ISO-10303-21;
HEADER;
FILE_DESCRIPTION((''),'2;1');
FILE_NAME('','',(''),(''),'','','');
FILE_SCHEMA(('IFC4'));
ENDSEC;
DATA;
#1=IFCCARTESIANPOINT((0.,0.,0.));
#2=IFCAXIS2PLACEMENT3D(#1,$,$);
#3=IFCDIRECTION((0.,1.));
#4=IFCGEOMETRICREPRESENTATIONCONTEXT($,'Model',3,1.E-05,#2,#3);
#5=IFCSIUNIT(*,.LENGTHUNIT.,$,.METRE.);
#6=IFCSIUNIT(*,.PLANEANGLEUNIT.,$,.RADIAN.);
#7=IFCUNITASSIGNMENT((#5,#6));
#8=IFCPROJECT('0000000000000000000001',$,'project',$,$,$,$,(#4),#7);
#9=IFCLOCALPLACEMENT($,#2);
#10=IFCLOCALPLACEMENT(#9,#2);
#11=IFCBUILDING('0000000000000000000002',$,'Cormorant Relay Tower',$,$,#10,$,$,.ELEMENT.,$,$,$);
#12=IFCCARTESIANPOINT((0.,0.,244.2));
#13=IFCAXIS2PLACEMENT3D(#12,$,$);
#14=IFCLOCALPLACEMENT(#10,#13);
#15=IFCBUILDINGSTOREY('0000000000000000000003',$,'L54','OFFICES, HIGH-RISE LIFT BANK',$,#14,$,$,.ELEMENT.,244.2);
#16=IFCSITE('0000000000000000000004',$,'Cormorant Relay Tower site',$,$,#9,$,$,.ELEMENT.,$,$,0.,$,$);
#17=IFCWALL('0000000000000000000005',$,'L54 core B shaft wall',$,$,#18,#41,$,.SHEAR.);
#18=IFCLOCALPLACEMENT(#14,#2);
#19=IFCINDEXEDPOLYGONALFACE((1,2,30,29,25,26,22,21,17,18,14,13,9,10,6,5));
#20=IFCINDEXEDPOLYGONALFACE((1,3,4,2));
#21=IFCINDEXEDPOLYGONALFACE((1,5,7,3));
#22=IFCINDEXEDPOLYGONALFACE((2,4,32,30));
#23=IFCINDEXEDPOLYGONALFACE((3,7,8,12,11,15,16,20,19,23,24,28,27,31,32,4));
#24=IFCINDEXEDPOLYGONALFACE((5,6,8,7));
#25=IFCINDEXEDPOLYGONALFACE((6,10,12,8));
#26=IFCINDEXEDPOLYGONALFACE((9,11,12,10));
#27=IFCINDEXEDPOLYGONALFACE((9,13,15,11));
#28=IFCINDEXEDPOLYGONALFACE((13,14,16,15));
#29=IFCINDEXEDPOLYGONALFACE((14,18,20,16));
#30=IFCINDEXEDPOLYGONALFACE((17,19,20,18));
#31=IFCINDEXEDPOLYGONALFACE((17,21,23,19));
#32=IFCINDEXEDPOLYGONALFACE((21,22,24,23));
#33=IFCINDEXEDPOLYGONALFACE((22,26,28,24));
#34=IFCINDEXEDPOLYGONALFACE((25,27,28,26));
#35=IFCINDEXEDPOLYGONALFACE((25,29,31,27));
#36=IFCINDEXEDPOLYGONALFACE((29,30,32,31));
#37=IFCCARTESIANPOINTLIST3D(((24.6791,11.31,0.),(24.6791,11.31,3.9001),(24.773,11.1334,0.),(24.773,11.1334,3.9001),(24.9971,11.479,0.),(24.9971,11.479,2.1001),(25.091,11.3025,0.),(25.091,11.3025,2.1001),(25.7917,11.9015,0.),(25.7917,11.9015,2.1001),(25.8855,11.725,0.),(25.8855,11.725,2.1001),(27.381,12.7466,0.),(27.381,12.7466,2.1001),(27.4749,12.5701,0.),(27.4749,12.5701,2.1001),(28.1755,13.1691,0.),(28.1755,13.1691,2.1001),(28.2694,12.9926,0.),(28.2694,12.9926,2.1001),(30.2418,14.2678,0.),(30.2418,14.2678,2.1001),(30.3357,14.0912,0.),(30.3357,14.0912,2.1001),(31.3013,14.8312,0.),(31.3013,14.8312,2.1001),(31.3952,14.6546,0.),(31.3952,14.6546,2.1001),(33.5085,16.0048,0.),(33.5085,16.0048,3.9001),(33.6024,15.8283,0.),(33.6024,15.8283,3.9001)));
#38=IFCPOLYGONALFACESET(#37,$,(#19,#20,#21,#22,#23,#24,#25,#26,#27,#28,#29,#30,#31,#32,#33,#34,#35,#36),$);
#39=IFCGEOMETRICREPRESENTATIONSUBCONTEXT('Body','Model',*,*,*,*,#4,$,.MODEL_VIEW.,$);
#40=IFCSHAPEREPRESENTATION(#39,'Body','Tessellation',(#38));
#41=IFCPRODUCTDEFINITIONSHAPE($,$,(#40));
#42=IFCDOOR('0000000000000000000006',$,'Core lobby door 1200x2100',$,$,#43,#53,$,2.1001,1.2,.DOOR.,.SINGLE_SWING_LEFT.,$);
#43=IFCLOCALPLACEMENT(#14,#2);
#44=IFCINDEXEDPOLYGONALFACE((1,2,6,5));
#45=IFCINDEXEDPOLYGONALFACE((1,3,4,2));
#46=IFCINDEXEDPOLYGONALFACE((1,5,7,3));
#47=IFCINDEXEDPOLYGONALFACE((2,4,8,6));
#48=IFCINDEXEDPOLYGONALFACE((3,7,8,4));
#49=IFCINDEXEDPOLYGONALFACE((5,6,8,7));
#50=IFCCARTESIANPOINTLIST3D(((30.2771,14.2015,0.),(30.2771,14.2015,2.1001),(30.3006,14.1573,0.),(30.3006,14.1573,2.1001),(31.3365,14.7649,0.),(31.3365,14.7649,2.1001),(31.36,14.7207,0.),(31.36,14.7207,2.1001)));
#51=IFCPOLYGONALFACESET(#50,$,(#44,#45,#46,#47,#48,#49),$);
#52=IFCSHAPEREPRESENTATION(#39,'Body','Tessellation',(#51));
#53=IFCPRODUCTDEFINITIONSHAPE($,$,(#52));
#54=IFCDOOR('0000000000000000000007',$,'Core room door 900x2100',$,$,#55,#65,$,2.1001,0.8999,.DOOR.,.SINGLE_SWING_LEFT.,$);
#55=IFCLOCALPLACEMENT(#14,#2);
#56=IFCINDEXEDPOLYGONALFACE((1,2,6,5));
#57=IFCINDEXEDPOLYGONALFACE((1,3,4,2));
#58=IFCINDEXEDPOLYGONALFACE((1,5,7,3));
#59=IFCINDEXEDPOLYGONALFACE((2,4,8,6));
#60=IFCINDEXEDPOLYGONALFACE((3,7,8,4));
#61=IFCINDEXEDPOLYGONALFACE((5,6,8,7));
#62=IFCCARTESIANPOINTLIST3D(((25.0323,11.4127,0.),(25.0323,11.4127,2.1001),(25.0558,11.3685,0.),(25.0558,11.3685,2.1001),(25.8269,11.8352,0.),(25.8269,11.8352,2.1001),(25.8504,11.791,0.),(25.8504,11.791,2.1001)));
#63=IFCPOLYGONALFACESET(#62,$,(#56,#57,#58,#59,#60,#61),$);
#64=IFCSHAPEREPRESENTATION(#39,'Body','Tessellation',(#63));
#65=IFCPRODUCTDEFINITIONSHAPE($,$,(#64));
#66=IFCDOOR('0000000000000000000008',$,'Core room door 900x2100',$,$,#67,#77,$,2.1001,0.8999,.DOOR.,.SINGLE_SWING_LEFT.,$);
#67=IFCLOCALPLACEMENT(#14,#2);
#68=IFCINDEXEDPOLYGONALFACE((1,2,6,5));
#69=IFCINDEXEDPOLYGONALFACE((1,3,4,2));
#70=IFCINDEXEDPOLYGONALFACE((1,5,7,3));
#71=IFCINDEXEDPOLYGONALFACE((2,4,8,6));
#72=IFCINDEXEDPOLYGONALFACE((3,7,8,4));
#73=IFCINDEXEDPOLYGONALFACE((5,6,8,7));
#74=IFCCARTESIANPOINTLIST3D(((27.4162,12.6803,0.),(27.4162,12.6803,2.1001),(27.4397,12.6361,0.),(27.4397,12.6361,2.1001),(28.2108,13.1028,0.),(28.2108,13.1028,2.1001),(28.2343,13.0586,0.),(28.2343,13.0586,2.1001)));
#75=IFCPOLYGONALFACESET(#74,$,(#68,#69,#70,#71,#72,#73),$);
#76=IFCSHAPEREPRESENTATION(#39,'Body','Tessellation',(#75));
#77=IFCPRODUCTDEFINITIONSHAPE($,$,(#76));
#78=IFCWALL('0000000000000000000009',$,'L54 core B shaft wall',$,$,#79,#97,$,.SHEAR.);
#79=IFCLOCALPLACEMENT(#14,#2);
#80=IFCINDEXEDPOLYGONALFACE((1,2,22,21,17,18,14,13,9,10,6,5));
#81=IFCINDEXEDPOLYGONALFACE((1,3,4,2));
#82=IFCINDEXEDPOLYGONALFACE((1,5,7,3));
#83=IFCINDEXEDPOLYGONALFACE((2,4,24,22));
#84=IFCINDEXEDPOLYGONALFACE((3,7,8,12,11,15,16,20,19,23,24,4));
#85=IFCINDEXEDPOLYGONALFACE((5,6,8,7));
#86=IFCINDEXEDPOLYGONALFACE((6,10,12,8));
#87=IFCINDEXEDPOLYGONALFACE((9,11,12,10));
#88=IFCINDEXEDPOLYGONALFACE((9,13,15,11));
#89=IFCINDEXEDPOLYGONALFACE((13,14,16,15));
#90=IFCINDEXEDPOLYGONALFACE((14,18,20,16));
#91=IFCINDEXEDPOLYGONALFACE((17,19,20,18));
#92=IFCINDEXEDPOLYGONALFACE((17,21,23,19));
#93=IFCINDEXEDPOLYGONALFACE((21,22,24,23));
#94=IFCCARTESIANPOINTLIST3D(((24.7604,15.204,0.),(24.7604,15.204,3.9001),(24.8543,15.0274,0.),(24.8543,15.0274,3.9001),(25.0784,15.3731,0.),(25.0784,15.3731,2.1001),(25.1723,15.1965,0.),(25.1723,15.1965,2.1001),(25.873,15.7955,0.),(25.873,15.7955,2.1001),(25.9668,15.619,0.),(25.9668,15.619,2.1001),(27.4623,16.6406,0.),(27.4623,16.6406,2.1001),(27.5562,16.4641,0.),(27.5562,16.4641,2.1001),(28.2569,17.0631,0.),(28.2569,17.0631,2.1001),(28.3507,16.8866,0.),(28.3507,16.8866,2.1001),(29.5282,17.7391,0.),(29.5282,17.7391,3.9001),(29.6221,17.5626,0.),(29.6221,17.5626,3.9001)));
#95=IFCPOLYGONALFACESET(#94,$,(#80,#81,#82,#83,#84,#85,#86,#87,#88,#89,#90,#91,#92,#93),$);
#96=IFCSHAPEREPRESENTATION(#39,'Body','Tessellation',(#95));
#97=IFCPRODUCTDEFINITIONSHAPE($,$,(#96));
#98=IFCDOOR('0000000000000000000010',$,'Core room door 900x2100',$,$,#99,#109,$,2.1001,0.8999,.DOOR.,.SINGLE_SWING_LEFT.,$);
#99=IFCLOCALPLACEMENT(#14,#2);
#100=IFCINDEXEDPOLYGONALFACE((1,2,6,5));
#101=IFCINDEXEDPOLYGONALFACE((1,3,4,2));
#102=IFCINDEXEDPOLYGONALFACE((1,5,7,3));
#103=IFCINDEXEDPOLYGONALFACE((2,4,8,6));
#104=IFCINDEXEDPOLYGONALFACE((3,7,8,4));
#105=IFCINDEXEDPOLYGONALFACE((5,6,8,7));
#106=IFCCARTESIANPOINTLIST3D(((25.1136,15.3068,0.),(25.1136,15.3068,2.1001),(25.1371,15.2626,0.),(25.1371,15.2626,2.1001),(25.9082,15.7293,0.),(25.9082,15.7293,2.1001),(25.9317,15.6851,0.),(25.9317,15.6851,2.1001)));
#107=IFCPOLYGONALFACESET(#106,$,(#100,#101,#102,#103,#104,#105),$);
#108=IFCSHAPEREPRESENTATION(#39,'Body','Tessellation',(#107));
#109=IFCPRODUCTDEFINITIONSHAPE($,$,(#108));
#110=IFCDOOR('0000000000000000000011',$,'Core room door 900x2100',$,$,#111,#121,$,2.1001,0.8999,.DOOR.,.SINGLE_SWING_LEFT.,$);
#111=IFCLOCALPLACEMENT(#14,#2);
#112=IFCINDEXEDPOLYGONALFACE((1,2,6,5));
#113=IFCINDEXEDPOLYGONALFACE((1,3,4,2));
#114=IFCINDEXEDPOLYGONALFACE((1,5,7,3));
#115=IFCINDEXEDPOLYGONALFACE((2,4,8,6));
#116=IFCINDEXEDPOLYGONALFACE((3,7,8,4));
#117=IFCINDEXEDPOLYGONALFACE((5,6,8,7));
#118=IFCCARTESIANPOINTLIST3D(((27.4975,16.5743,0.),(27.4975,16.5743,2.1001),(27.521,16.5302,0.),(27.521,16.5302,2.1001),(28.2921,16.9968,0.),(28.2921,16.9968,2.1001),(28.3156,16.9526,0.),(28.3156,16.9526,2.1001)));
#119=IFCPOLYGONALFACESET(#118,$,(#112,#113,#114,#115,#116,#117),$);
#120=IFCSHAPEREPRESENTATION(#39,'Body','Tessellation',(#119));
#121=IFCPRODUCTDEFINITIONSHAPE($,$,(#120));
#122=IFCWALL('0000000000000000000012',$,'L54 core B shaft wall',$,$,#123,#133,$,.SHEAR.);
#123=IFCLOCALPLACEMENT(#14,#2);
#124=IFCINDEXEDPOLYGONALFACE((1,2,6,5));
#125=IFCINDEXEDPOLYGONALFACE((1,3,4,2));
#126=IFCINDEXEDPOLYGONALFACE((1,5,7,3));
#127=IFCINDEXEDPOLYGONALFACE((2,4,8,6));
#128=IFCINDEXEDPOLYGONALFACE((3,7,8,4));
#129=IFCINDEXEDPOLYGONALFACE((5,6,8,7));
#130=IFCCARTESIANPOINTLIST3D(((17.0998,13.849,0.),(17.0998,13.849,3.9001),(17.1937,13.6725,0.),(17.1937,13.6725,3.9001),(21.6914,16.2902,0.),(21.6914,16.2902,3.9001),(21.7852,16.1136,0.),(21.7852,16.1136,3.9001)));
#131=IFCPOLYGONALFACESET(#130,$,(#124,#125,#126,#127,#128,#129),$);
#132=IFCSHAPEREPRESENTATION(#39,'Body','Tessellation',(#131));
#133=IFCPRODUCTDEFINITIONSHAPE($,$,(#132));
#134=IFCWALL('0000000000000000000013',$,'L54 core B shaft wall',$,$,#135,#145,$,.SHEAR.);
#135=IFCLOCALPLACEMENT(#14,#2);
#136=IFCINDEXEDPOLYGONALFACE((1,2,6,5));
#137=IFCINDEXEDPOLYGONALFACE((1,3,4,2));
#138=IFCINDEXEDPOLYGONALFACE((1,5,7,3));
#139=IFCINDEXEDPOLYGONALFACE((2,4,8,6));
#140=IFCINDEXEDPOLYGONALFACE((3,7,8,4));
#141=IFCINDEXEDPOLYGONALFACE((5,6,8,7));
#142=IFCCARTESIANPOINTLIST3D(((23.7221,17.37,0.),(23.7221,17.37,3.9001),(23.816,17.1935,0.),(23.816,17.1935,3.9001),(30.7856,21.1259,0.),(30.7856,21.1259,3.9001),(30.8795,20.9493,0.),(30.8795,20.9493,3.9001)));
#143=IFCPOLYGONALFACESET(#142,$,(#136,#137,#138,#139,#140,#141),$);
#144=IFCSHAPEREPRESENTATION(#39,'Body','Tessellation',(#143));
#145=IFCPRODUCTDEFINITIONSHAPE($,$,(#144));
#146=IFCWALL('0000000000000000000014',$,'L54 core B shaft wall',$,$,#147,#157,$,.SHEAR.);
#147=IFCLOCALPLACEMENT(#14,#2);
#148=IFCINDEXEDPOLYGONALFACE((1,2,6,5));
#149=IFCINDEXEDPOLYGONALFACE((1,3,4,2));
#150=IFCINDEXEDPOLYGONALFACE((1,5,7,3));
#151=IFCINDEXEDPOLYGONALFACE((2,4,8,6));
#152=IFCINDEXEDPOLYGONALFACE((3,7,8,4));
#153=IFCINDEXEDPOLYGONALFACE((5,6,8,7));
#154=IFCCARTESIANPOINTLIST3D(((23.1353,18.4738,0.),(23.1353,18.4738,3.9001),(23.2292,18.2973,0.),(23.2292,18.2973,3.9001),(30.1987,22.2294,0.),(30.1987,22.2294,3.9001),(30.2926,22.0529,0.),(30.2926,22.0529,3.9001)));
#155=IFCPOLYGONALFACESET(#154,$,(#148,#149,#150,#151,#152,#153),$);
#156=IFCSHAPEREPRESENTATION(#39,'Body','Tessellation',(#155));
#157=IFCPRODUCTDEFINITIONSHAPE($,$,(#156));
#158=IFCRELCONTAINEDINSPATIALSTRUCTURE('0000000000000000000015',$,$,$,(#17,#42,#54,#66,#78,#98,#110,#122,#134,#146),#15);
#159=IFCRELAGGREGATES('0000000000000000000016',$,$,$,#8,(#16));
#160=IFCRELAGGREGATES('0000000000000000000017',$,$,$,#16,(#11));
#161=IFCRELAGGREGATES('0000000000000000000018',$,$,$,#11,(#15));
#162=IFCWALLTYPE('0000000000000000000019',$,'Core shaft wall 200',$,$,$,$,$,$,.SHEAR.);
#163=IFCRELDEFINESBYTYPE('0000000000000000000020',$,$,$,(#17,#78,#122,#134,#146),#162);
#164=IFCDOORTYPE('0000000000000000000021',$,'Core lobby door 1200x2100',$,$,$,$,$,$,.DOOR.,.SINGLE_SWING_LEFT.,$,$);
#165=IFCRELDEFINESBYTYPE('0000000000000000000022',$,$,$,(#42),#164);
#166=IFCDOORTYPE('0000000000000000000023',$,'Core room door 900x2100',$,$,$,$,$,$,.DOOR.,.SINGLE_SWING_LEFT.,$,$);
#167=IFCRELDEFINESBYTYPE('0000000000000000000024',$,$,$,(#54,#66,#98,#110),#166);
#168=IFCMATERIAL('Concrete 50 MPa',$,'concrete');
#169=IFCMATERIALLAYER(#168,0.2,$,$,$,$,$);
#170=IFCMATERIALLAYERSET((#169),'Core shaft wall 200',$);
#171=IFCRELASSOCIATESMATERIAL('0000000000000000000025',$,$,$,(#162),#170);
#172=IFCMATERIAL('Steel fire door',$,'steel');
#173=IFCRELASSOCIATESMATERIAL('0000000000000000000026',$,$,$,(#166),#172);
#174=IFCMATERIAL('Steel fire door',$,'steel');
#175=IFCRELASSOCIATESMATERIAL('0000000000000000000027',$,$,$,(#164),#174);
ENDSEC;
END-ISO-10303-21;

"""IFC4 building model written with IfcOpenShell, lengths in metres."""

from ifc_helpers import new_model, si_unit, direction, frame, frame_2d, origin, place, context, subcontext, project, spatial, rectangle, extrude, material, layer, layer_set, type_object, element, fill, save


model = new_model("IFC4")

# Units and contexts
model_context = context("Model", 3, precision=1e-05, world=origin(), true_north=direction((0.0, 1.0)))
body_context = subcontext(model_context, "Body", "Model", "MODEL_VIEW")
ifc_project = project(units=[si_unit("LENGTHUNIT", "METRE"), si_unit("PLANEANGLEUNIT", "RADIAN")], contexts=[model_context])

# Site, building, storey
site_placement = place(None, origin())
site = spatial("IfcSite", under=ifc_project, at=site_placement, Name="Cormorant Relay Tower site", CompositionType="ELEMENT", RefElevation=0.0)
building_placement = place(site_placement, origin())
building = spatial("IfcBuilding", under=site, at=building_placement, Name="Cormorant Relay Tower", CompositionType="ELEMENT")
storey_placement = place(building_placement, frame((0.0, 0.0, 244.2)))
storey = spatial("IfcBuildingStorey", under=building, at=storey_placement, Name="L54", Description="OFFICES, HIGH-RISE LIFT BANK", CompositionType="ELEMENT", Elevation=244.2)

# Shared definitions
ifc_material_1 = material(Name="Concrete 50 MPa", Category="concrete")
ifc_layer_1 = layer(ifc_material_1, 0.2)
ifc_layer_set_1 = layer_set([ifc_layer_1], Name="Core shaft wall 200")
wall_type_1 = type_object("IfcWallType", Name="Core shaft wall 200", PredefinedType="SHEAR", material=ifc_layer_set_1)

# Shared definitions
ifc_material_2 = material(Name="Steel fire door", Category="steel")
door_type_1 = type_object("IfcDoorType", Name="Core room door 900x2100", OperationType="SINGLE_SWING_LEFT", PredefinedType="DOOR", material=ifc_material_2)

# Walls, openings, doors
wall_1_placement = place(storey_placement, frame((24.7261, 11.2217, 0.0), z_axis=(0.0, 0.0, 1.0), x_axis=(0.88294, 0.469485, 0.0)))
wall_1 = element("IfcWall", 1, at=wall_1_placement, inside=storey, type_object=wall_type_1, Name="L54 core B shaft wall", PredefinedType="SHEAR", context=body_context, shape_type="SweptSolid", body=[
    extrude(rectangle(XDim=10.0, YDim=0.2, at=frame_2d((5.0, 0.0))), origin(), (0.0, 0.0, 1.0), 3.9001),
])
opening_1_placement = place(wall_1_placement, frame((6.3, 0.0, 0.0)))
opening_1 = element("IfcOpeningElement", 2, at=opening_1_placement, cuts=wall_1, PredefinedType="OPENING", context=body_context, shape_type="SweptSolid", body=[
    extrude(rectangle(XDim=1.2, YDim=2.1001, at=frame_2d((0.6001, 1.05))), frame((0.0, 0.1099, 0.0), z_axis=(0.0, -1.0, 0.0), x_axis=(1.0, 0.0, 0.0)), (0.0, 0.0, 1.0), 0.22),
])
opening_2_placement = place(wall_1_placement, frame((0.3601, 0.0, 0.0)))
opening_2 = element("IfcOpeningElement", 3, at=opening_2_placement, cuts=wall_1, PredefinedType="OPENING", context=body_context, shape_type="SweptSolid", body=[
    extrude(rectangle(XDim=0.8999, YDim=2.1001, at=frame_2d((0.45, 1.05))), frame((0.0, 0.1099, 0.0), z_axis=(0.0, -1.0, 0.0), x_axis=(1.0, 0.0, 0.0)), (0.0, 0.0, 1.0), 0.22),
])
opening_3_placement = place(wall_1_placement, frame((3.0601, 0.0, 0.0)))
opening_3 = element("IfcOpeningElement", 4, at=opening_3_placement, cuts=wall_1, PredefinedType="OPENING", context=body_context, shape_type="SweptSolid", body=[
    extrude(rectangle(XDim=0.8999, YDim=2.1001, at=frame_2d((0.45, 1.05))), frame((0.0, 0.1099, 0.0), z_axis=(0.0, -1.0, 0.0), x_axis=(1.0, 0.0, 0.0)), (0.0, 0.0, 1.0), 0.22),
])
ifc_material_3 = material(Name="Steel fire door", Category="steel")
door_type_2 = type_object("IfcDoorType", Name="Core lobby door 1200x2100", OperationType="SINGLE_SWING_LEFT", PredefinedType="DOOR", material=ifc_material_3)
door_1_placement = place(opening_1_placement, origin())
door_1 = element("IfcDoor", 5, at=door_1_placement, inside=storey, type_object=door_type_2, Name="Core lobby door 1200x2100", OperationType="SINGLE_SWING_LEFT", OverallHeight=2.1001, OverallWidth=1.2, PredefinedType="DOOR", context=body_context, shape_type="SweptSolid", body=[
    extrude(rectangle(XDim=1.2, YDim=2.1001, at=frame_2d((0.6001, 1.05))), frame((0.0, 0.0249, 0.0), z_axis=(0.0, -1.0, 0.0), x_axis=(1.0, 0.0, 0.0)), (0.0, 0.0, 1.0), 0.05),
])
fill(opening_1, door_1)
door_2_placement = place(opening_2_placement, origin())
door_2 = element("IfcDoor", 6, at=door_2_placement, inside=storey, type_object=door_type_1, Name="Core room door 900x2100", OperationType="SINGLE_SWING_LEFT", OverallHeight=2.1001, OverallWidth=0.8999, PredefinedType="DOOR", context=body_context, shape_type="SweptSolid", body=[
    extrude(rectangle(XDim=0.8999, YDim=2.1001, at=frame_2d((0.45, 1.05))), frame((0.0, 0.0249, 0.0), z_axis=(0.0, -1.0, 0.0), x_axis=(1.0, 0.0, 0.0)), (0.0, 0.0, 1.0), 0.05),
])
fill(opening_2, door_2)
door_3_placement = place(opening_3_placement, origin())
door_3 = element("IfcDoor", 7, at=door_3_placement, inside=storey, type_object=door_type_1, Name="Core room door 900x2100", OperationType="SINGLE_SWING_LEFT", OverallHeight=2.1001, OverallWidth=0.8999, PredefinedType="DOOR", context=body_context, shape_type="SweptSolid", body=[
    extrude(rectangle(XDim=0.8999, YDim=2.1001, at=frame_2d((0.45, 1.05))), frame((0.0, 0.0249, 0.0), z_axis=(0.0, -1.0, 0.0), x_axis=(1.0, 0.0, 0.0)), (0.0, 0.0, 1.0), 0.05),
])
fill(opening_3, door_3)
wall_2_placement = place(storey_placement, frame((24.8074, 15.1157, 0.0), z_axis=(0.0, 0.0, 1.0), x_axis=(0.882943, 0.46948, 0.0)))
wall_2 = element("IfcWall", 8, at=wall_2_placement, inside=storey, type_object=wall_type_1, Name="L54 core B shaft wall", PredefinedType="SHEAR", context=body_context, shape_type="SweptSolid", body=[
    extrude(rectangle(XDim=5.3999, YDim=0.2, at=frame_2d((2.7, 0.0))), origin(), (0.0, 0.0, 1.0), 3.9001),
])
opening_4_placement = place(wall_2_placement, frame((0.3601, 0.0, 0.0)))
opening_4 = element("IfcOpeningElement", 9, at=opening_4_placement, cuts=wall_2, PredefinedType="OPENING", context=body_context, shape_type="SweptSolid", body=[
    extrude(rectangle(XDim=0.8999, YDim=2.1001, at=frame_2d((0.45, 1.05))), frame((0.0, 0.1099, 0.0), z_axis=(0.0, -1.0, 0.0), x_axis=(1.0, 0.0, 0.0)), (0.0, 0.0, 1.0), 0.22),
])
opening_5_placement = place(wall_2_placement, frame((3.0601, 0.0, 0.0)))
opening_5 = element("IfcOpeningElement", 10, at=opening_5_placement, cuts=wall_2, PredefinedType="OPENING", context=body_context, shape_type="SweptSolid", body=[
    extrude(rectangle(XDim=0.8999, YDim=2.1001, at=frame_2d((0.45, 1.05))), frame((0.0, 0.1099, 0.0), z_axis=(0.0, -1.0, 0.0), x_axis=(1.0, 0.0, 0.0)), (0.0, 0.0, 1.0), 0.22),
])
door_4_placement = place(opening_4_placement, origin())
door_4 = element("IfcDoor", 11, at=door_4_placement, inside=storey, type_object=door_type_1, Name="Core room door 900x2100", OperationType="SINGLE_SWING_LEFT", OverallHeight=2.1001, OverallWidth=0.8999, PredefinedType="DOOR", context=body_context, shape_type="SweptSolid", body=[
    extrude(rectangle(XDim=0.8999, YDim=2.1001, at=frame_2d((0.45, 1.05))), frame((0.0, 0.0249, 0.0), z_axis=(0.0, -1.0, 0.0), x_axis=(1.0, 0.0, 0.0)), (0.0, 0.0, 1.0), 0.05),
])
fill(opening_4, door_4)
door_5_placement = place(opening_5_placement, origin())
door_5 = element("IfcDoor", 12, at=door_5_placement, inside=storey, type_object=door_type_1, Name="Core room door 900x2100", OperationType="SINGLE_SWING_LEFT", OverallHeight=2.1001, OverallWidth=0.8999, PredefinedType="DOOR", context=body_context, shape_type="SweptSolid", body=[
    extrude(rectangle(XDim=0.8999, YDim=2.1001, at=frame_2d((0.45, 1.05))), frame((0.0, 0.0249, 0.0), z_axis=(0.0, -1.0, 0.0), x_axis=(1.0, 0.0, 0.0)), (0.0, 0.0, 1.0), 0.05),
])
fill(opening_5, door_5)

# Walls
wall_3_placement = place(storey_placement, frame((17.1467, 13.7607, 0.0), z_axis=(0.0, 0.0, 1.0), x_axis=(0.882964, 0.46944, 0.0)))
element("IfcWall", 13, at=wall_3_placement, inside=storey, type_object=wall_type_1, Name="L54 core B shaft wall", PredefinedType="SHEAR", context=body_context, shape_type="SweptSolid", body=[
    extrude(rectangle(XDim=5.2002, YDim=0.2, at=frame_2d((2.6001, 0.0))), origin(), (0.0, 0.0, 1.0), 3.9001),
])
wall_4_placement = place(storey_placement, frame((23.769, 17.2817, 0.0), z_axis=(0.0, 0.0, 1.0), x_axis=(0.88294, 0.469485, 0.0)))
element("IfcWall", 14, at=wall_4_placement, inside=storey, type_object=wall_type_1, Name="L54 core B shaft wall", PredefinedType="SHEAR", context=body_context, shape_type="SweptSolid", body=[
    extrude(rectangle(XDim=8.0, YDim=0.2, at=frame_2d((4.0, 0.0))), origin(), (0.0, 0.0, 1.0), 3.9001),
])
wall_5_placement = place(storey_placement, frame((23.1821, 18.3855, 0.0), z_axis=(0.0, 0.0, 1.0), x_axis=(0.882953, 0.469462, 0.0)))
element("IfcWall", 15, at=wall_5_placement, inside=storey, type_object=wall_type_1, Name="L54 core B shaft wall", PredefinedType="SHEAR", context=body_context, shape_type="SweptSolid", body=[
    extrude(rectangle(XDim=7.9998, YDim=0.2, at=frame_2d((4.0, 0.0))), origin(), (0.0, 0.0, 1.0), 3.9001),
])

save(model, "model.ifc")
